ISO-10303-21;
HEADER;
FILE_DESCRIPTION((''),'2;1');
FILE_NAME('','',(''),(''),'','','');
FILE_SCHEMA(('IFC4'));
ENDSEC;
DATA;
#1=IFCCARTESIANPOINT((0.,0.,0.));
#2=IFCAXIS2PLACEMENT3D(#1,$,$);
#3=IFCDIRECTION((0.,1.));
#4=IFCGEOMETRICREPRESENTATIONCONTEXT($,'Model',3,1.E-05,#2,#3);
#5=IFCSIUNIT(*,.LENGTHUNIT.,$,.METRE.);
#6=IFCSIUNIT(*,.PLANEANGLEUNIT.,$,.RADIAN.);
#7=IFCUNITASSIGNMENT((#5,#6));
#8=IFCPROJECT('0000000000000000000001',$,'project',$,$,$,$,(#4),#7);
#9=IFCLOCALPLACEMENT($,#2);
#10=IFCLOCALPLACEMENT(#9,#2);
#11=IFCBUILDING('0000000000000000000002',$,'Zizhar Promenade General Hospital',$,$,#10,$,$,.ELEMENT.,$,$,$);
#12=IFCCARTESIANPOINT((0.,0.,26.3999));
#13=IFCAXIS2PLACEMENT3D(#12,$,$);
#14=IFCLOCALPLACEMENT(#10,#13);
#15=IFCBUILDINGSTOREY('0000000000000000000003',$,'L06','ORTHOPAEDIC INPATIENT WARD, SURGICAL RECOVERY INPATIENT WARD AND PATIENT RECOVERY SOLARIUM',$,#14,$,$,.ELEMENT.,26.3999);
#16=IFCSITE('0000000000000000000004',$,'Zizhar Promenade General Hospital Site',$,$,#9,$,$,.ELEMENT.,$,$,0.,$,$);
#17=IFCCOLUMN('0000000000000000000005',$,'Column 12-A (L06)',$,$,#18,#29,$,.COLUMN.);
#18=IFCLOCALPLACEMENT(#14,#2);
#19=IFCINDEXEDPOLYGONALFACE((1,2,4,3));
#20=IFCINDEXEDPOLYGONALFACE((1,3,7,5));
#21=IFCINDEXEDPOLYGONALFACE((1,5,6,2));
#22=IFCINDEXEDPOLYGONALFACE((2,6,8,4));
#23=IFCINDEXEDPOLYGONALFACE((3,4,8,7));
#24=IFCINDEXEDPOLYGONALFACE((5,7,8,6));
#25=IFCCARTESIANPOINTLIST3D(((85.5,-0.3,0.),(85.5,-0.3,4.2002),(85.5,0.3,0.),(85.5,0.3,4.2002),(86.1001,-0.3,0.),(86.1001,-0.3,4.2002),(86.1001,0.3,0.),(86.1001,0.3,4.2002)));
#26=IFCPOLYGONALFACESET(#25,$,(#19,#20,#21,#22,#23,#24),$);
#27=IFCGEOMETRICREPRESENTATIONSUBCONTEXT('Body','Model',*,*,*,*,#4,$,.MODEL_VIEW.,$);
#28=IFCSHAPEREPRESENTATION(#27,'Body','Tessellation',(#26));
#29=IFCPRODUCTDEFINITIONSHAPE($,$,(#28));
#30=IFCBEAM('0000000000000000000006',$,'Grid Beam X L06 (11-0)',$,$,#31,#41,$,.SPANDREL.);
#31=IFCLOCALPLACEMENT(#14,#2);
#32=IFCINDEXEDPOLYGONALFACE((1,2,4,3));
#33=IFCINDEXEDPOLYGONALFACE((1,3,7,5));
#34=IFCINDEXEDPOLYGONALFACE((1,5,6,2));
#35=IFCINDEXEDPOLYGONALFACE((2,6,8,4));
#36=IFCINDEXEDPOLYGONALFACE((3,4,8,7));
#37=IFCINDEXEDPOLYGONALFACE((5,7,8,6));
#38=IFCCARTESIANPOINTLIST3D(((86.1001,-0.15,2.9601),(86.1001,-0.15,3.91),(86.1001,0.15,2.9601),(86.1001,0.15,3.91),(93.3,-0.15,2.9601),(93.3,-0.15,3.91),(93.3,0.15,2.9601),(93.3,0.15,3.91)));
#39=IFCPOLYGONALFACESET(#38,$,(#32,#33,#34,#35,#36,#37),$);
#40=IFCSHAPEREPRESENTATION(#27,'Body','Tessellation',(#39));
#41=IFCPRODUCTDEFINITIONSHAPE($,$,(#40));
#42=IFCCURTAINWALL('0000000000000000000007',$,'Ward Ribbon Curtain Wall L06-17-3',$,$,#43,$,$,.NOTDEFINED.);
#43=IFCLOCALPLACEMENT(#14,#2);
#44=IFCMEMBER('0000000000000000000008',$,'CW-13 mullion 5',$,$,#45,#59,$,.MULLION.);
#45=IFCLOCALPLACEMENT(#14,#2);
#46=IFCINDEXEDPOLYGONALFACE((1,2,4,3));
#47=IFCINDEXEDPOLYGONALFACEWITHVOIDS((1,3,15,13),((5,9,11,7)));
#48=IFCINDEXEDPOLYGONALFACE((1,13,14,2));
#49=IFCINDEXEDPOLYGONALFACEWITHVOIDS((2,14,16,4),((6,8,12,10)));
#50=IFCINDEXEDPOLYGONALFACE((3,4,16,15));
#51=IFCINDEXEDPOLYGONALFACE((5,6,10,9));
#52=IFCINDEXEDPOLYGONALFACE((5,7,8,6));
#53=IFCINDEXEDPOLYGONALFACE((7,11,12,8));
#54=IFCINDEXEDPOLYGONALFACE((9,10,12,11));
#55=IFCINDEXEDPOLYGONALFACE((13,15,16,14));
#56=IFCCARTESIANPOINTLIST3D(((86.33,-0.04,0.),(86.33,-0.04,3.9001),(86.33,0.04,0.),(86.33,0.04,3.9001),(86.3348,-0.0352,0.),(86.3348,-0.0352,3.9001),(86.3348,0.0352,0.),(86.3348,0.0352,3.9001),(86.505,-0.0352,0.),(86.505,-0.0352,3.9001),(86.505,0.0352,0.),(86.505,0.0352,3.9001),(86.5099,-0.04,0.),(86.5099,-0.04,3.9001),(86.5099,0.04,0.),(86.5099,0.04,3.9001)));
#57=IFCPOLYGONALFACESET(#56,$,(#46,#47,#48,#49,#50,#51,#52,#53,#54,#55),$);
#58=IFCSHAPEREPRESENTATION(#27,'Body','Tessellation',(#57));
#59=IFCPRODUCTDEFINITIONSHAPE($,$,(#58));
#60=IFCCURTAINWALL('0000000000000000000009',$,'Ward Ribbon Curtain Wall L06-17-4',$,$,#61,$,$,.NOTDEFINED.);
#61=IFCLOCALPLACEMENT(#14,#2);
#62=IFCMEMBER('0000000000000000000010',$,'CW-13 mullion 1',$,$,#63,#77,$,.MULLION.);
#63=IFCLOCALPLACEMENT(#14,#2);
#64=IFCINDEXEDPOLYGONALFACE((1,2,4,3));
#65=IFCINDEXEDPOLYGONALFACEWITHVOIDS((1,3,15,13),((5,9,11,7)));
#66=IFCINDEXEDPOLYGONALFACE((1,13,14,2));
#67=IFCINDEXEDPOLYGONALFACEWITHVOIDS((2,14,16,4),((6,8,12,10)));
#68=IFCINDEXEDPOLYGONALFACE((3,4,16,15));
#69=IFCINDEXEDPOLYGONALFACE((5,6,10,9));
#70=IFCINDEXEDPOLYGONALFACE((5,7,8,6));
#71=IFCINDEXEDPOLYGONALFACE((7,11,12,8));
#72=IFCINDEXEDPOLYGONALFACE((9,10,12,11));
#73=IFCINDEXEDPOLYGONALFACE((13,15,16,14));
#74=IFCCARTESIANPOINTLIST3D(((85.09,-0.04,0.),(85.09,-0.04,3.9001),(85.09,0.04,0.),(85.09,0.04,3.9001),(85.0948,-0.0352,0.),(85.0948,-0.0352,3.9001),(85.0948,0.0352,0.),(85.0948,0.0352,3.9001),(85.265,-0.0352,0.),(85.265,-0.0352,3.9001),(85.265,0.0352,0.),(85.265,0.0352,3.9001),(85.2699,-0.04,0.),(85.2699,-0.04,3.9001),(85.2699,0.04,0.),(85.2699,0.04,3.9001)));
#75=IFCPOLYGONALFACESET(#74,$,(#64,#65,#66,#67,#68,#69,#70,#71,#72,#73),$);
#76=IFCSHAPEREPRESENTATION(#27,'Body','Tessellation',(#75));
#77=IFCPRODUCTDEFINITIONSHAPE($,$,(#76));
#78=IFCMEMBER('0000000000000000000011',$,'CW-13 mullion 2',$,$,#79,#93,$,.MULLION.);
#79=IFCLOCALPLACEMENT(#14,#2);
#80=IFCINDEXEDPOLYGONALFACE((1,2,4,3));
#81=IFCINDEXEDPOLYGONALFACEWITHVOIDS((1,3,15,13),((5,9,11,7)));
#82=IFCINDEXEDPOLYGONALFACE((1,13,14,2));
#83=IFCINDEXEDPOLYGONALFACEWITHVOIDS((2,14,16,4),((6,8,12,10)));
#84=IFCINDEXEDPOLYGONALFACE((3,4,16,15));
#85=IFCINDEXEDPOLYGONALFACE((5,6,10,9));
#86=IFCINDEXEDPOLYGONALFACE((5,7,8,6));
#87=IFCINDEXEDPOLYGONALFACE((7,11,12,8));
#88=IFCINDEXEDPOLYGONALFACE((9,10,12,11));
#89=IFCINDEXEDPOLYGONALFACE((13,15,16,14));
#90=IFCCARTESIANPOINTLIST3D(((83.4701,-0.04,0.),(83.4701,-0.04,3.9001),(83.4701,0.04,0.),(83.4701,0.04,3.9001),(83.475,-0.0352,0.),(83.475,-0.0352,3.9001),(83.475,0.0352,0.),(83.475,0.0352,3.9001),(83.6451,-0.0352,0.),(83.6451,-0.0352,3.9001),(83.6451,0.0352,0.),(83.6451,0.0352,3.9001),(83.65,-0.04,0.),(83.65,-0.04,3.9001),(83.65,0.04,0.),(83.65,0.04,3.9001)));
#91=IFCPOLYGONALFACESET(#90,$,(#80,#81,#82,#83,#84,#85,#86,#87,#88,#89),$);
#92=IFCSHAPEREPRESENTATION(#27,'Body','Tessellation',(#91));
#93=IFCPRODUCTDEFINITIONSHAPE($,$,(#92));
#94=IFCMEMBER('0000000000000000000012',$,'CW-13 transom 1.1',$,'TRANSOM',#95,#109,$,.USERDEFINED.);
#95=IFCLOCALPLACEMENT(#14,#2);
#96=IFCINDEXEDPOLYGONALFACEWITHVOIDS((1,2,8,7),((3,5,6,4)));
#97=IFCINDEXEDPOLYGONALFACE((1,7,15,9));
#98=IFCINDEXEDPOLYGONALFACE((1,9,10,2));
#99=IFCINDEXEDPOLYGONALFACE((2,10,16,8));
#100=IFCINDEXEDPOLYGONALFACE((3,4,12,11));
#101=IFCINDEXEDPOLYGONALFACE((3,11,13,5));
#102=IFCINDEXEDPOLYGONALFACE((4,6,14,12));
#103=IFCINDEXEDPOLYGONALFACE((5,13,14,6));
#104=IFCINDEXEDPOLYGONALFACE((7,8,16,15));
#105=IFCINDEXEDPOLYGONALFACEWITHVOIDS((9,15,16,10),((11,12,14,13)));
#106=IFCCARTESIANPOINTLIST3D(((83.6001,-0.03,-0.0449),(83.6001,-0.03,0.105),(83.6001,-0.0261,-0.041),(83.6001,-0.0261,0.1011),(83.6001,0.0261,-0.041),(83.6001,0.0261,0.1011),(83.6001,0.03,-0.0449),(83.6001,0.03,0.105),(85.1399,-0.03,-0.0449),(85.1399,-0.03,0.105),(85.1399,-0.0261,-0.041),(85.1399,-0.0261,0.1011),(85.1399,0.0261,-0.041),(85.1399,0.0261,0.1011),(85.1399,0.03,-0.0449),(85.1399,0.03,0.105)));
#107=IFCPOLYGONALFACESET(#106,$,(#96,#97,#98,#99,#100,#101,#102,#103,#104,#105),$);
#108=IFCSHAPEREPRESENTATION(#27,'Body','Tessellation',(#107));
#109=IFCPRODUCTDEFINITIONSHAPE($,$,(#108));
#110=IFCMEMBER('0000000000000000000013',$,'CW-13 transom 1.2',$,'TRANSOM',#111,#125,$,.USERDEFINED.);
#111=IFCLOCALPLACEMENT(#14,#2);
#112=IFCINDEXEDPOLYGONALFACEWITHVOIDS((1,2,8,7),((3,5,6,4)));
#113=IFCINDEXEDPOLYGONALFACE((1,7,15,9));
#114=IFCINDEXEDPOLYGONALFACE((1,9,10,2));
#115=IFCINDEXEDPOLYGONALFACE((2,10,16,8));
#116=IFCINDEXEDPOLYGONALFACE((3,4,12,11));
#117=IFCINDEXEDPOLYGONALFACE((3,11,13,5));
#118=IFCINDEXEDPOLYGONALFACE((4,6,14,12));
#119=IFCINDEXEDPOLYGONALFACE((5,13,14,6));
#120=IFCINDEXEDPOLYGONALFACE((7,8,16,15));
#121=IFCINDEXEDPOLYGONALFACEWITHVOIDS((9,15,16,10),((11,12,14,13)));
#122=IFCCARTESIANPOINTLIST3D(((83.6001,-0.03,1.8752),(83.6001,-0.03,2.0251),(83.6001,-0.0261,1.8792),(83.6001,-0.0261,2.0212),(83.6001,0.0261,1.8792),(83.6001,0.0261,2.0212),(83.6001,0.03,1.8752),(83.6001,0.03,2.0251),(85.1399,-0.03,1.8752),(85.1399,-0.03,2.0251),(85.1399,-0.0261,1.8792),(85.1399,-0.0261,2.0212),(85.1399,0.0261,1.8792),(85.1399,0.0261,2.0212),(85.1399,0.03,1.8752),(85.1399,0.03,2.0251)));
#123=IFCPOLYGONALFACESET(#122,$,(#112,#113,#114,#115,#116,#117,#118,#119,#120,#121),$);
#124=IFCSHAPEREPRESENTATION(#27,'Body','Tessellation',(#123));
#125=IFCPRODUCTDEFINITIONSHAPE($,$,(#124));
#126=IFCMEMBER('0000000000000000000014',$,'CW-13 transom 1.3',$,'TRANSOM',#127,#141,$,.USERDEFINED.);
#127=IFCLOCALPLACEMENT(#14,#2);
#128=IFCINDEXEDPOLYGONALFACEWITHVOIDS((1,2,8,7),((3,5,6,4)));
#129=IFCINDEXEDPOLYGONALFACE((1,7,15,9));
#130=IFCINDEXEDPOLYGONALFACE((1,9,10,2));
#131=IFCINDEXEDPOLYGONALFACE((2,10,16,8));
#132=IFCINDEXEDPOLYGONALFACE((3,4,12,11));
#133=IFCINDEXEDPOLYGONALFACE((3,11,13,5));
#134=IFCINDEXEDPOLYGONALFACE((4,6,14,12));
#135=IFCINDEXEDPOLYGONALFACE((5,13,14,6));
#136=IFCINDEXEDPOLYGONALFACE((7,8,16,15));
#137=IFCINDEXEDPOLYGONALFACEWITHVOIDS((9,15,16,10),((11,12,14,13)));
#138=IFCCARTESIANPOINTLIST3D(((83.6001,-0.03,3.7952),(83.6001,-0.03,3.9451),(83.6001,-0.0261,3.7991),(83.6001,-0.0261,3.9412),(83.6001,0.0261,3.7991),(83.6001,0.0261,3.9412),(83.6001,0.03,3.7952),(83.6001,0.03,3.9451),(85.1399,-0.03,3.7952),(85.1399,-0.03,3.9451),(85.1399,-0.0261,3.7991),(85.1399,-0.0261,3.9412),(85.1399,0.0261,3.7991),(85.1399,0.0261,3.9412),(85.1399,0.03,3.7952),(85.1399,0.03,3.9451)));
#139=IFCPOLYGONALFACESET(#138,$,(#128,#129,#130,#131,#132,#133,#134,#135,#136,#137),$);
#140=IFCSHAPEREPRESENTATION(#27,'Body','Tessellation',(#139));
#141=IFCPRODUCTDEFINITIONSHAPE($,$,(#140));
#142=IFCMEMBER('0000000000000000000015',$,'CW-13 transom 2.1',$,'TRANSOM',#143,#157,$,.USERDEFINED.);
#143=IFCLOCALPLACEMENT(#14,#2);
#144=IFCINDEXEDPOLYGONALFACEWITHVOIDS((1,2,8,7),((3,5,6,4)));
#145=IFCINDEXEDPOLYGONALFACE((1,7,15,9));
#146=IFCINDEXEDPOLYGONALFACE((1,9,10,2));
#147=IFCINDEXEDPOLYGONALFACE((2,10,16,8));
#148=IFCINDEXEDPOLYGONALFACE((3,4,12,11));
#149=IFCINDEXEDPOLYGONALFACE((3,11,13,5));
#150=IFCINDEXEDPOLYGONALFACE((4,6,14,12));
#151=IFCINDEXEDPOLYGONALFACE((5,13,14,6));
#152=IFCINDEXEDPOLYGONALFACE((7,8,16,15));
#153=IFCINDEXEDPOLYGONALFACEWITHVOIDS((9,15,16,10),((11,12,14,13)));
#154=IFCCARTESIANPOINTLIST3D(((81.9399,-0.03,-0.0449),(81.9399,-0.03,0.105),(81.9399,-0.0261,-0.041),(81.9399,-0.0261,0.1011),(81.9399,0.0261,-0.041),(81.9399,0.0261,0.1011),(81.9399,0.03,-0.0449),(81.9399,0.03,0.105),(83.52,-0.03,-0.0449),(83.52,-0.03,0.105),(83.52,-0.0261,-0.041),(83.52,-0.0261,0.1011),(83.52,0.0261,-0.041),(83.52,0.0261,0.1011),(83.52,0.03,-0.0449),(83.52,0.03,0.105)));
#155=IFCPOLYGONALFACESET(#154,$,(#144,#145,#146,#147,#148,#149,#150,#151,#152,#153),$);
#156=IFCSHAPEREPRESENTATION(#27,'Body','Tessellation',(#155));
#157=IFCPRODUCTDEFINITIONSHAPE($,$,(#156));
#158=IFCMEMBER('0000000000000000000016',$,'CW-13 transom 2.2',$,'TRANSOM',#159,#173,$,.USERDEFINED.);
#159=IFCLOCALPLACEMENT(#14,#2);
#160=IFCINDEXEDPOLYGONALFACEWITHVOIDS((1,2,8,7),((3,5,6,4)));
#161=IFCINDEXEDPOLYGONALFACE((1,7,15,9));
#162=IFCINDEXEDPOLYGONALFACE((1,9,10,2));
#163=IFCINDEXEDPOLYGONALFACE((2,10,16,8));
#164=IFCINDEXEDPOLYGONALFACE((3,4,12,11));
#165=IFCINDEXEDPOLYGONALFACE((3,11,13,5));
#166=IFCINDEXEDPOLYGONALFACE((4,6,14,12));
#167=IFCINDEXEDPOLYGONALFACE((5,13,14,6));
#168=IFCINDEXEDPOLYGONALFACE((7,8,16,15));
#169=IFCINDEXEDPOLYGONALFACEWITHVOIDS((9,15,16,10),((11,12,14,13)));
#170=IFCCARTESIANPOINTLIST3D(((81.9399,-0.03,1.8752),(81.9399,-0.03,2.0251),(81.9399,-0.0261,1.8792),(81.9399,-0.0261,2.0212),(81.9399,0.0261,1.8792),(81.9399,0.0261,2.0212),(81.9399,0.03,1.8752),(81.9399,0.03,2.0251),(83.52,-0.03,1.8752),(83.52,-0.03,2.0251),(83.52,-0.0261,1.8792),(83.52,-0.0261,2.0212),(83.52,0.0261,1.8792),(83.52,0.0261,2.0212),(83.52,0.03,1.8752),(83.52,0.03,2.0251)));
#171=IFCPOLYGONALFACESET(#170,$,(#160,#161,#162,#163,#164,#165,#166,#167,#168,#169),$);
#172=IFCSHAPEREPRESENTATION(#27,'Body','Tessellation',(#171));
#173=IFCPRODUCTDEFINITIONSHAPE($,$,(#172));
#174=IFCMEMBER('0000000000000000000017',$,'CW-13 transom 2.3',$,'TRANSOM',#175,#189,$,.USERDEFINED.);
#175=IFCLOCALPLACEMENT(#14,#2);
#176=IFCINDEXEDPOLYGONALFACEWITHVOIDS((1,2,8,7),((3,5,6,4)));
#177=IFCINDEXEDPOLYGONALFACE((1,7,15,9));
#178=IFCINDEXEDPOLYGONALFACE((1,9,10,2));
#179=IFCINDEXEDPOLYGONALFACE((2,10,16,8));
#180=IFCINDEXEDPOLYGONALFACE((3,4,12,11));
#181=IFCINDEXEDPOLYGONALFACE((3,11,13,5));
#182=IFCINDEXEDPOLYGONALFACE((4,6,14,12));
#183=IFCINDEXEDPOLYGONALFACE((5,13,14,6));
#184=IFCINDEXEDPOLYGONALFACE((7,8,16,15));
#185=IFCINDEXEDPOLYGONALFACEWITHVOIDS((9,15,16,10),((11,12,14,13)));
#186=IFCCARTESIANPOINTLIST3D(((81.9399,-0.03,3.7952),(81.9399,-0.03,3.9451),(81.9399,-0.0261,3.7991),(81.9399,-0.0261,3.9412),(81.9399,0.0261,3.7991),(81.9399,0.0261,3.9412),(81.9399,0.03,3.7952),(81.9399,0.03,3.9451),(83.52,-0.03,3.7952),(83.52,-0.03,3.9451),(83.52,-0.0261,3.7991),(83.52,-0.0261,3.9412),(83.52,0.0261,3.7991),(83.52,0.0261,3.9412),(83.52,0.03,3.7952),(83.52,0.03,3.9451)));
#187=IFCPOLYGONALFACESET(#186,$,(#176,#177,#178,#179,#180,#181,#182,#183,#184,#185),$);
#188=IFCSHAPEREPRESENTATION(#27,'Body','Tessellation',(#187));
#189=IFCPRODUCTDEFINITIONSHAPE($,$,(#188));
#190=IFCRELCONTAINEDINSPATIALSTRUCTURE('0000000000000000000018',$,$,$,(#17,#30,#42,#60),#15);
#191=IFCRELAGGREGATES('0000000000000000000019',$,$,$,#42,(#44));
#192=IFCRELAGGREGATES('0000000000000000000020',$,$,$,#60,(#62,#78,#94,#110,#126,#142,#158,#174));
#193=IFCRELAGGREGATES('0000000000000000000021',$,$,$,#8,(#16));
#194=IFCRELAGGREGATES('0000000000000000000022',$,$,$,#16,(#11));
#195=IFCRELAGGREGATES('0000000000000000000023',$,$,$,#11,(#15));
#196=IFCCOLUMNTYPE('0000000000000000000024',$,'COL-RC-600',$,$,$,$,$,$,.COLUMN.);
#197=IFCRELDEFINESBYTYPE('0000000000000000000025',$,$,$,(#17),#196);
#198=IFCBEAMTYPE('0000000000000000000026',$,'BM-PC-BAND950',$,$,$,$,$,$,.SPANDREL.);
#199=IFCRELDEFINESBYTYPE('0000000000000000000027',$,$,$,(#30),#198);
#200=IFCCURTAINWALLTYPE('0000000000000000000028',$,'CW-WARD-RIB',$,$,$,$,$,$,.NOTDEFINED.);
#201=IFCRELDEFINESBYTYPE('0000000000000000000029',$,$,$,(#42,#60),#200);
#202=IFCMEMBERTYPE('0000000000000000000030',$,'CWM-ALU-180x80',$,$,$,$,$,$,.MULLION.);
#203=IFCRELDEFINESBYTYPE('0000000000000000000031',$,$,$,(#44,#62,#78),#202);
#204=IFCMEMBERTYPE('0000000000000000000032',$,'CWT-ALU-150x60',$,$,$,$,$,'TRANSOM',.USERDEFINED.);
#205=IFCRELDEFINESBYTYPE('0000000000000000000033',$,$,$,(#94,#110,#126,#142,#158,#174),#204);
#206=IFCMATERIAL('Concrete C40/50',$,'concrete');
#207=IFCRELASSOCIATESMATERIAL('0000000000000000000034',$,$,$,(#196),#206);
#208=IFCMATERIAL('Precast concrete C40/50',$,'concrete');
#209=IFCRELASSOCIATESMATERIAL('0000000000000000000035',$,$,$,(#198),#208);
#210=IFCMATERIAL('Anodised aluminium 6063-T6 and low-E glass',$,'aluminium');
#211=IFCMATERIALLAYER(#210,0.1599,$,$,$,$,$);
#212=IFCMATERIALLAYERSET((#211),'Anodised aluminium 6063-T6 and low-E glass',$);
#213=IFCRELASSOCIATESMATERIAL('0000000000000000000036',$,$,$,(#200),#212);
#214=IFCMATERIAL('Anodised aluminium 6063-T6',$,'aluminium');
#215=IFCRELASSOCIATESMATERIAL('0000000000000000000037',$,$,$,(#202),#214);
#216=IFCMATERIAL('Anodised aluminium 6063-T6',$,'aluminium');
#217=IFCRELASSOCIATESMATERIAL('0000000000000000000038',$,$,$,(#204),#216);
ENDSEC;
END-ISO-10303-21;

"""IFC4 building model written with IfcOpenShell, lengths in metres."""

from ifc_helpers import new_model, si_unit, direction, frame, origin, origin_2d, place, context, subcontext, project, spatial, rectangle, hollow_rectangle, extrude, material, layer, layer_set, material_profile, profile_set, type_object, element, aggregate, save


model = new_model("IFC4")

# Units and contexts
model_context = context("Model", 3, precision=1e-05, world=origin(), true_north=direction((0.0, 1.0)))
body_context = subcontext(model_context, "Body", "Model", "MODEL_VIEW")
ifc_project = project(units=[si_unit("LENGTHUNIT", "METRE"), si_unit("PLANEANGLEUNIT", "RADIAN")], contexts=[model_context])

# Site, building, storey
site_placement = place(None, origin())
site = spatial("IfcSite", under=ifc_project, at=site_placement, Name="Zizhar Promenade General Hospital Site", CompositionType="ELEMENT", RefElevation=0.0)
building_placement = place(site_placement, origin())
building = spatial("IfcBuilding", under=site, at=building_placement, Name="Zizhar Promenade General Hospital", CompositionType="ELEMENT")
storey_placement = place(building_placement, frame((0.0, 0.0, 26.3999)))
storey = spatial("IfcBuildingStorey", under=building, at=storey_placement, Name="L06", Description="ORTHOPAEDIC INPATIENT WARD, SURGICAL RECOVERY INPATIENT WARD AND PATIENT RECOVERY SOLARIUM", CompositionType="ELEMENT", Elevation=26.3999)

# Column
ifc_material_1 = material(Name="Concrete C40/50", Category="concrete")
ifc_material_profile_1 = material_profile(ifc_material_1, rectangle(XDim=0.6001, YDim=0.6001, at=origin_2d()))
ifc_profile_set_1 = profile_set([ifc_material_profile_1], Name="Concrete C40/50")
column_type = type_object("IfcColumnType", Name="COL-RC-600", PredefinedType="COLUMN", material=ifc_profile_set_1)
column_placement = place(storey_placement, frame((85.8, 0.0, 0.0), z_axis=(0.0, 0.0, 1.0), x_axis=(1.0, 0.0, 0.0)))
element("IfcColumn", 1, at=column_placement, inside=storey, type_object=column_type, Name="Column 12-A (L06)", PredefinedType="COLUMN", context=body_context, shape_type="SweptSolid", body=[
    extrude(rectangle(XDim=0.6001, YDim=0.6001, at=origin_2d()), origin(), (0.0, 0.0, 1.0), 4.2002),
])

# Beam
ifc_material_2 = material(Name="Precast concrete C40/50", Category="concrete")
ifc_material_profile_2 = material_profile(ifc_material_2, rectangle(XDim=0.3, YDim=0.95, at=origin_2d()))
ifc_profile_set_2 = profile_set([ifc_material_profile_2], Name="Precast concrete C40/50")
beam_type = type_object("IfcBeamType", Name="BM-PC-BAND950", PredefinedType="SPANDREL", material=ifc_profile_set_2)
beam_placement = place(storey_placement, frame((86.1001, 0.0, 3.4351), z_axis=(1.0, 0.0, 0.0), x_axis=(0.0, 1.0, 0.0)))
element("IfcBeam", 2, at=beam_placement, inside=storey, type_object=beam_type, Name="Grid Beam X L06 (11-0)", PredefinedType="SPANDREL", context=body_context, shape_type="SweptSolid", body=[
    extrude(rectangle(XDim=0.3, YDim=0.95, at=origin_2d()), origin(), (0.0, 0.0, 1.0), 7.2),
])

# Curtain wall, member
ifc_material_3 = material(Name="Anodised aluminium 6063-T6 and low-E glass", Category="aluminium")
ifc_layer_1 = layer(ifc_material_3, 0.1599)
ifc_layer_set_1 = layer_set([ifc_layer_1], Name="Anodised aluminium 6063-T6 and low-E glass")
curtain_wall_type = type_object("IfcCurtainWallType", Name="CW-WARD-RIB", PredefinedType="NOTDEFINED", material=ifc_layer_set_1)
curtain_wall_1_placement = place(storey_placement, origin())
curtain_wall_1 = element("IfcCurtainWall", 3, at=curtain_wall_1_placement, inside=storey, type_object=curtain_wall_type, Name="Ward Ribbon Curtain Wall L06-17-3", PredefinedType="NOTDEFINED")
ifc_material_4 = material(Name="Anodised aluminium 6063-T6", Category="aluminium")
ifc_material_profile_3 = material_profile(ifc_material_4, hollow_rectangle(XDim=0.0801, YDim=0.1799, WallThickness=0.0049, at=origin_2d()))
ifc_profile_set_3 = profile_set([ifc_material_profile_3], Name="Anodised aluminium 6063-T6")
member_type_1 = type_object("IfcMemberType", Name="CWM-ALU-180x80", PredefinedType="MULLION", material=ifc_profile_set_3)
member_1_placement = place(storey_placement, frame((86.4199, 0.0, 0.0), z_axis=(0.0, 0.0, 1.0), x_axis=(0.0, -1.0, 0.0)))
member_1 = element("IfcMember", 4, at=member_1_placement, type_object=member_type_1, Name="CW-13 mullion 5", PredefinedType="MULLION", context=body_context, shape_type="SweptSolid", body=[
    extrude(hollow_rectangle(XDim=0.0801, YDim=0.1799, WallThickness=0.0049, at=origin_2d()), origin(), (0.0, 0.0, 1.0), 3.9001),
])

# Curtain wall, members
curtain_wall_2_placement = place(storey_placement, origin())
curtain_wall_2 = element("IfcCurtainWall", 5, at=curtain_wall_2_placement, inside=storey, type_object=curtain_wall_type, Name="Ward Ribbon Curtain Wall L06-17-4", PredefinedType="NOTDEFINED")
member_2_placement = place(storey_placement, frame((85.1799, 0.0, 0.0), z_axis=(0.0, 0.0, 1.0), x_axis=(0.0, -1.0, 0.0)))
member_2 = element("IfcMember", 6, at=member_2_placement, type_object=member_type_1, Name="CW-13 mullion 1", PredefinedType="MULLION", context=body_context, shape_type="SweptSolid", body=[
    extrude(hollow_rectangle(XDim=0.0801, YDim=0.1799, WallThickness=0.0049, at=origin_2d()), origin(), (0.0, 0.0, 1.0), 3.9001),
])
member_3_placement = place(storey_placement, frame((83.5601, 0.0, 0.0), z_axis=(0.0, 0.0, 1.0), x_axis=(0.0, -1.0, 0.0)))
member_3 = element("IfcMember", 7, at=member_3_placement, type_object=member_type_1, Name="CW-13 mullion 2", PredefinedType="MULLION", context=body_context, shape_type="SweptSolid", body=[
    extrude(hollow_rectangle(XDim=0.0801, YDim=0.1799, WallThickness=0.0049, at=origin_2d()), origin(), (0.0, 0.0, 1.0), 3.9001),
])
ifc_material_5 = material(Name="Anodised aluminium 6063-T6", Category="aluminium")
ifc_material_profile_4 = material_profile(ifc_material_5, hollow_rectangle(XDim=0.0601, YDim=0.1499, WallThickness=0.0039, at=origin_2d()))
ifc_profile_set_4 = profile_set([ifc_material_profile_4], Name="Anodised aluminium 6063-T6")
member_type_2 = type_object("IfcMemberType", Name="CWT-ALU-150x60", ElementType="TRANSOM", PredefinedType="USERDEFINED", material=ifc_profile_set_4)
member_4_placement = place(storey_placement, frame((85.1399, 0.0, 0.03), z_axis=(-1.0, 0.0, 0.0), x_axis=(0.0, -1.0, 0.0)))
member_4 = element("IfcMember", 8, at=member_4_placement, type_object=member_type_2, Name="CW-13 transom 1.1", ObjectType="TRANSOM", PredefinedType="USERDEFINED", context=body_context, shape_type="SweptSolid", body=[
    extrude(hollow_rectangle(XDim=0.0601, YDim=0.1499, WallThickness=0.0039, at=origin_2d()), origin(), (0.0, 0.0, 1.0), 1.5398),
])
member_5_placement = place(storey_placement, frame((85.1399, 0.0, 1.9502), z_axis=(-1.0, 0.0, 0.0), x_axis=(0.0, -1.0, 0.0)))
member_5 = element("IfcMember", 9, at=member_5_placement, type_object=member_type_2, Name="CW-13 transom 1.2", ObjectType="TRANSOM", PredefinedType="USERDEFINED", context=body_context, shape_type="SweptSolid", body=[
    extrude(hollow_rectangle(XDim=0.0601, YDim=0.1499, WallThickness=0.0039, at=origin_2d()), origin(), (0.0, 0.0, 1.0), 1.5398),
])
member_6_placement = place(storey_placement, frame((85.1399, 0.0, 3.8701), z_axis=(-1.0, 0.0, 0.0), x_axis=(0.0, -1.0, 0.0)))
member_6 = element("IfcMember", 10, at=member_6_placement, type_object=member_type_2, Name="CW-13 transom 1.3", ObjectType="TRANSOM", PredefinedType="USERDEFINED", context=body_context, shape_type="SweptSolid", body=[
    extrude(hollow_rectangle(XDim=0.0601, YDim=0.1499, WallThickness=0.0039, at=origin_2d()), origin(), (0.0, 0.0, 1.0), 1.5398),
])
member_7_placement = place(storey_placement, frame((83.52, 0.0, 0.03), z_axis=(-1.0, 0.0, 0.0), x_axis=(0.0, -1.0, 0.0)))
member_7 = element("IfcMember", 11, at=member_7_placement, type_object=member_type_2, Name="CW-13 transom 2.1", ObjectType="TRANSOM", PredefinedType="USERDEFINED", context=body_context, shape_type="SweptSolid", body=[
    extrude(hollow_rectangle(XDim=0.0601, YDim=0.1499, WallThickness=0.0039, at=origin_2d()), origin(), (0.0, 0.0, 1.0), 1.5801),
])
member_8_placement = place(storey_placement, frame((83.52, 0.0, 1.9502), z_axis=(-1.0, 0.0, 0.0), x_axis=(0.0, -1.0, 0.0)))
member_8 = element("IfcMember", 12, at=member_8_placement, type_object=member_type_2, Name="CW-13 transom 2.2", ObjectType="TRANSOM", PredefinedType="USERDEFINED", context=body_context, shape_type="SweptSolid", body=[
    extrude(hollow_rectangle(XDim=0.0601, YDim=0.1499, WallThickness=0.0039, at=origin_2d()), origin(), (0.0, 0.0, 1.0), 1.5801),
])
member_9_placement = place(storey_placement, frame((83.52, 0.0, 3.8701), z_axis=(-1.0, 0.0, 0.0), x_axis=(0.0, -1.0, 0.0)))
member_9 = element("IfcMember", 13, at=member_9_placement, type_object=member_type_2, Name="CW-13 transom 2.3", ObjectType="TRANSOM", PredefinedType="USERDEFINED", context=body_context, shape_type="SweptSolid", body=[
    extrude(hollow_rectangle(XDim=0.0601, YDim=0.1499, WallThickness=0.0039, at=origin_2d()), origin(), (0.0, 0.0, 1.0), 1.5801),
])

aggregate(curtain_wall_1, [member_1])
aggregate(curtain_wall_2, [member_2, member_3, member_4, member_5, member_6, member_7, member_8, member_9])

save(model, "model.ifc")
